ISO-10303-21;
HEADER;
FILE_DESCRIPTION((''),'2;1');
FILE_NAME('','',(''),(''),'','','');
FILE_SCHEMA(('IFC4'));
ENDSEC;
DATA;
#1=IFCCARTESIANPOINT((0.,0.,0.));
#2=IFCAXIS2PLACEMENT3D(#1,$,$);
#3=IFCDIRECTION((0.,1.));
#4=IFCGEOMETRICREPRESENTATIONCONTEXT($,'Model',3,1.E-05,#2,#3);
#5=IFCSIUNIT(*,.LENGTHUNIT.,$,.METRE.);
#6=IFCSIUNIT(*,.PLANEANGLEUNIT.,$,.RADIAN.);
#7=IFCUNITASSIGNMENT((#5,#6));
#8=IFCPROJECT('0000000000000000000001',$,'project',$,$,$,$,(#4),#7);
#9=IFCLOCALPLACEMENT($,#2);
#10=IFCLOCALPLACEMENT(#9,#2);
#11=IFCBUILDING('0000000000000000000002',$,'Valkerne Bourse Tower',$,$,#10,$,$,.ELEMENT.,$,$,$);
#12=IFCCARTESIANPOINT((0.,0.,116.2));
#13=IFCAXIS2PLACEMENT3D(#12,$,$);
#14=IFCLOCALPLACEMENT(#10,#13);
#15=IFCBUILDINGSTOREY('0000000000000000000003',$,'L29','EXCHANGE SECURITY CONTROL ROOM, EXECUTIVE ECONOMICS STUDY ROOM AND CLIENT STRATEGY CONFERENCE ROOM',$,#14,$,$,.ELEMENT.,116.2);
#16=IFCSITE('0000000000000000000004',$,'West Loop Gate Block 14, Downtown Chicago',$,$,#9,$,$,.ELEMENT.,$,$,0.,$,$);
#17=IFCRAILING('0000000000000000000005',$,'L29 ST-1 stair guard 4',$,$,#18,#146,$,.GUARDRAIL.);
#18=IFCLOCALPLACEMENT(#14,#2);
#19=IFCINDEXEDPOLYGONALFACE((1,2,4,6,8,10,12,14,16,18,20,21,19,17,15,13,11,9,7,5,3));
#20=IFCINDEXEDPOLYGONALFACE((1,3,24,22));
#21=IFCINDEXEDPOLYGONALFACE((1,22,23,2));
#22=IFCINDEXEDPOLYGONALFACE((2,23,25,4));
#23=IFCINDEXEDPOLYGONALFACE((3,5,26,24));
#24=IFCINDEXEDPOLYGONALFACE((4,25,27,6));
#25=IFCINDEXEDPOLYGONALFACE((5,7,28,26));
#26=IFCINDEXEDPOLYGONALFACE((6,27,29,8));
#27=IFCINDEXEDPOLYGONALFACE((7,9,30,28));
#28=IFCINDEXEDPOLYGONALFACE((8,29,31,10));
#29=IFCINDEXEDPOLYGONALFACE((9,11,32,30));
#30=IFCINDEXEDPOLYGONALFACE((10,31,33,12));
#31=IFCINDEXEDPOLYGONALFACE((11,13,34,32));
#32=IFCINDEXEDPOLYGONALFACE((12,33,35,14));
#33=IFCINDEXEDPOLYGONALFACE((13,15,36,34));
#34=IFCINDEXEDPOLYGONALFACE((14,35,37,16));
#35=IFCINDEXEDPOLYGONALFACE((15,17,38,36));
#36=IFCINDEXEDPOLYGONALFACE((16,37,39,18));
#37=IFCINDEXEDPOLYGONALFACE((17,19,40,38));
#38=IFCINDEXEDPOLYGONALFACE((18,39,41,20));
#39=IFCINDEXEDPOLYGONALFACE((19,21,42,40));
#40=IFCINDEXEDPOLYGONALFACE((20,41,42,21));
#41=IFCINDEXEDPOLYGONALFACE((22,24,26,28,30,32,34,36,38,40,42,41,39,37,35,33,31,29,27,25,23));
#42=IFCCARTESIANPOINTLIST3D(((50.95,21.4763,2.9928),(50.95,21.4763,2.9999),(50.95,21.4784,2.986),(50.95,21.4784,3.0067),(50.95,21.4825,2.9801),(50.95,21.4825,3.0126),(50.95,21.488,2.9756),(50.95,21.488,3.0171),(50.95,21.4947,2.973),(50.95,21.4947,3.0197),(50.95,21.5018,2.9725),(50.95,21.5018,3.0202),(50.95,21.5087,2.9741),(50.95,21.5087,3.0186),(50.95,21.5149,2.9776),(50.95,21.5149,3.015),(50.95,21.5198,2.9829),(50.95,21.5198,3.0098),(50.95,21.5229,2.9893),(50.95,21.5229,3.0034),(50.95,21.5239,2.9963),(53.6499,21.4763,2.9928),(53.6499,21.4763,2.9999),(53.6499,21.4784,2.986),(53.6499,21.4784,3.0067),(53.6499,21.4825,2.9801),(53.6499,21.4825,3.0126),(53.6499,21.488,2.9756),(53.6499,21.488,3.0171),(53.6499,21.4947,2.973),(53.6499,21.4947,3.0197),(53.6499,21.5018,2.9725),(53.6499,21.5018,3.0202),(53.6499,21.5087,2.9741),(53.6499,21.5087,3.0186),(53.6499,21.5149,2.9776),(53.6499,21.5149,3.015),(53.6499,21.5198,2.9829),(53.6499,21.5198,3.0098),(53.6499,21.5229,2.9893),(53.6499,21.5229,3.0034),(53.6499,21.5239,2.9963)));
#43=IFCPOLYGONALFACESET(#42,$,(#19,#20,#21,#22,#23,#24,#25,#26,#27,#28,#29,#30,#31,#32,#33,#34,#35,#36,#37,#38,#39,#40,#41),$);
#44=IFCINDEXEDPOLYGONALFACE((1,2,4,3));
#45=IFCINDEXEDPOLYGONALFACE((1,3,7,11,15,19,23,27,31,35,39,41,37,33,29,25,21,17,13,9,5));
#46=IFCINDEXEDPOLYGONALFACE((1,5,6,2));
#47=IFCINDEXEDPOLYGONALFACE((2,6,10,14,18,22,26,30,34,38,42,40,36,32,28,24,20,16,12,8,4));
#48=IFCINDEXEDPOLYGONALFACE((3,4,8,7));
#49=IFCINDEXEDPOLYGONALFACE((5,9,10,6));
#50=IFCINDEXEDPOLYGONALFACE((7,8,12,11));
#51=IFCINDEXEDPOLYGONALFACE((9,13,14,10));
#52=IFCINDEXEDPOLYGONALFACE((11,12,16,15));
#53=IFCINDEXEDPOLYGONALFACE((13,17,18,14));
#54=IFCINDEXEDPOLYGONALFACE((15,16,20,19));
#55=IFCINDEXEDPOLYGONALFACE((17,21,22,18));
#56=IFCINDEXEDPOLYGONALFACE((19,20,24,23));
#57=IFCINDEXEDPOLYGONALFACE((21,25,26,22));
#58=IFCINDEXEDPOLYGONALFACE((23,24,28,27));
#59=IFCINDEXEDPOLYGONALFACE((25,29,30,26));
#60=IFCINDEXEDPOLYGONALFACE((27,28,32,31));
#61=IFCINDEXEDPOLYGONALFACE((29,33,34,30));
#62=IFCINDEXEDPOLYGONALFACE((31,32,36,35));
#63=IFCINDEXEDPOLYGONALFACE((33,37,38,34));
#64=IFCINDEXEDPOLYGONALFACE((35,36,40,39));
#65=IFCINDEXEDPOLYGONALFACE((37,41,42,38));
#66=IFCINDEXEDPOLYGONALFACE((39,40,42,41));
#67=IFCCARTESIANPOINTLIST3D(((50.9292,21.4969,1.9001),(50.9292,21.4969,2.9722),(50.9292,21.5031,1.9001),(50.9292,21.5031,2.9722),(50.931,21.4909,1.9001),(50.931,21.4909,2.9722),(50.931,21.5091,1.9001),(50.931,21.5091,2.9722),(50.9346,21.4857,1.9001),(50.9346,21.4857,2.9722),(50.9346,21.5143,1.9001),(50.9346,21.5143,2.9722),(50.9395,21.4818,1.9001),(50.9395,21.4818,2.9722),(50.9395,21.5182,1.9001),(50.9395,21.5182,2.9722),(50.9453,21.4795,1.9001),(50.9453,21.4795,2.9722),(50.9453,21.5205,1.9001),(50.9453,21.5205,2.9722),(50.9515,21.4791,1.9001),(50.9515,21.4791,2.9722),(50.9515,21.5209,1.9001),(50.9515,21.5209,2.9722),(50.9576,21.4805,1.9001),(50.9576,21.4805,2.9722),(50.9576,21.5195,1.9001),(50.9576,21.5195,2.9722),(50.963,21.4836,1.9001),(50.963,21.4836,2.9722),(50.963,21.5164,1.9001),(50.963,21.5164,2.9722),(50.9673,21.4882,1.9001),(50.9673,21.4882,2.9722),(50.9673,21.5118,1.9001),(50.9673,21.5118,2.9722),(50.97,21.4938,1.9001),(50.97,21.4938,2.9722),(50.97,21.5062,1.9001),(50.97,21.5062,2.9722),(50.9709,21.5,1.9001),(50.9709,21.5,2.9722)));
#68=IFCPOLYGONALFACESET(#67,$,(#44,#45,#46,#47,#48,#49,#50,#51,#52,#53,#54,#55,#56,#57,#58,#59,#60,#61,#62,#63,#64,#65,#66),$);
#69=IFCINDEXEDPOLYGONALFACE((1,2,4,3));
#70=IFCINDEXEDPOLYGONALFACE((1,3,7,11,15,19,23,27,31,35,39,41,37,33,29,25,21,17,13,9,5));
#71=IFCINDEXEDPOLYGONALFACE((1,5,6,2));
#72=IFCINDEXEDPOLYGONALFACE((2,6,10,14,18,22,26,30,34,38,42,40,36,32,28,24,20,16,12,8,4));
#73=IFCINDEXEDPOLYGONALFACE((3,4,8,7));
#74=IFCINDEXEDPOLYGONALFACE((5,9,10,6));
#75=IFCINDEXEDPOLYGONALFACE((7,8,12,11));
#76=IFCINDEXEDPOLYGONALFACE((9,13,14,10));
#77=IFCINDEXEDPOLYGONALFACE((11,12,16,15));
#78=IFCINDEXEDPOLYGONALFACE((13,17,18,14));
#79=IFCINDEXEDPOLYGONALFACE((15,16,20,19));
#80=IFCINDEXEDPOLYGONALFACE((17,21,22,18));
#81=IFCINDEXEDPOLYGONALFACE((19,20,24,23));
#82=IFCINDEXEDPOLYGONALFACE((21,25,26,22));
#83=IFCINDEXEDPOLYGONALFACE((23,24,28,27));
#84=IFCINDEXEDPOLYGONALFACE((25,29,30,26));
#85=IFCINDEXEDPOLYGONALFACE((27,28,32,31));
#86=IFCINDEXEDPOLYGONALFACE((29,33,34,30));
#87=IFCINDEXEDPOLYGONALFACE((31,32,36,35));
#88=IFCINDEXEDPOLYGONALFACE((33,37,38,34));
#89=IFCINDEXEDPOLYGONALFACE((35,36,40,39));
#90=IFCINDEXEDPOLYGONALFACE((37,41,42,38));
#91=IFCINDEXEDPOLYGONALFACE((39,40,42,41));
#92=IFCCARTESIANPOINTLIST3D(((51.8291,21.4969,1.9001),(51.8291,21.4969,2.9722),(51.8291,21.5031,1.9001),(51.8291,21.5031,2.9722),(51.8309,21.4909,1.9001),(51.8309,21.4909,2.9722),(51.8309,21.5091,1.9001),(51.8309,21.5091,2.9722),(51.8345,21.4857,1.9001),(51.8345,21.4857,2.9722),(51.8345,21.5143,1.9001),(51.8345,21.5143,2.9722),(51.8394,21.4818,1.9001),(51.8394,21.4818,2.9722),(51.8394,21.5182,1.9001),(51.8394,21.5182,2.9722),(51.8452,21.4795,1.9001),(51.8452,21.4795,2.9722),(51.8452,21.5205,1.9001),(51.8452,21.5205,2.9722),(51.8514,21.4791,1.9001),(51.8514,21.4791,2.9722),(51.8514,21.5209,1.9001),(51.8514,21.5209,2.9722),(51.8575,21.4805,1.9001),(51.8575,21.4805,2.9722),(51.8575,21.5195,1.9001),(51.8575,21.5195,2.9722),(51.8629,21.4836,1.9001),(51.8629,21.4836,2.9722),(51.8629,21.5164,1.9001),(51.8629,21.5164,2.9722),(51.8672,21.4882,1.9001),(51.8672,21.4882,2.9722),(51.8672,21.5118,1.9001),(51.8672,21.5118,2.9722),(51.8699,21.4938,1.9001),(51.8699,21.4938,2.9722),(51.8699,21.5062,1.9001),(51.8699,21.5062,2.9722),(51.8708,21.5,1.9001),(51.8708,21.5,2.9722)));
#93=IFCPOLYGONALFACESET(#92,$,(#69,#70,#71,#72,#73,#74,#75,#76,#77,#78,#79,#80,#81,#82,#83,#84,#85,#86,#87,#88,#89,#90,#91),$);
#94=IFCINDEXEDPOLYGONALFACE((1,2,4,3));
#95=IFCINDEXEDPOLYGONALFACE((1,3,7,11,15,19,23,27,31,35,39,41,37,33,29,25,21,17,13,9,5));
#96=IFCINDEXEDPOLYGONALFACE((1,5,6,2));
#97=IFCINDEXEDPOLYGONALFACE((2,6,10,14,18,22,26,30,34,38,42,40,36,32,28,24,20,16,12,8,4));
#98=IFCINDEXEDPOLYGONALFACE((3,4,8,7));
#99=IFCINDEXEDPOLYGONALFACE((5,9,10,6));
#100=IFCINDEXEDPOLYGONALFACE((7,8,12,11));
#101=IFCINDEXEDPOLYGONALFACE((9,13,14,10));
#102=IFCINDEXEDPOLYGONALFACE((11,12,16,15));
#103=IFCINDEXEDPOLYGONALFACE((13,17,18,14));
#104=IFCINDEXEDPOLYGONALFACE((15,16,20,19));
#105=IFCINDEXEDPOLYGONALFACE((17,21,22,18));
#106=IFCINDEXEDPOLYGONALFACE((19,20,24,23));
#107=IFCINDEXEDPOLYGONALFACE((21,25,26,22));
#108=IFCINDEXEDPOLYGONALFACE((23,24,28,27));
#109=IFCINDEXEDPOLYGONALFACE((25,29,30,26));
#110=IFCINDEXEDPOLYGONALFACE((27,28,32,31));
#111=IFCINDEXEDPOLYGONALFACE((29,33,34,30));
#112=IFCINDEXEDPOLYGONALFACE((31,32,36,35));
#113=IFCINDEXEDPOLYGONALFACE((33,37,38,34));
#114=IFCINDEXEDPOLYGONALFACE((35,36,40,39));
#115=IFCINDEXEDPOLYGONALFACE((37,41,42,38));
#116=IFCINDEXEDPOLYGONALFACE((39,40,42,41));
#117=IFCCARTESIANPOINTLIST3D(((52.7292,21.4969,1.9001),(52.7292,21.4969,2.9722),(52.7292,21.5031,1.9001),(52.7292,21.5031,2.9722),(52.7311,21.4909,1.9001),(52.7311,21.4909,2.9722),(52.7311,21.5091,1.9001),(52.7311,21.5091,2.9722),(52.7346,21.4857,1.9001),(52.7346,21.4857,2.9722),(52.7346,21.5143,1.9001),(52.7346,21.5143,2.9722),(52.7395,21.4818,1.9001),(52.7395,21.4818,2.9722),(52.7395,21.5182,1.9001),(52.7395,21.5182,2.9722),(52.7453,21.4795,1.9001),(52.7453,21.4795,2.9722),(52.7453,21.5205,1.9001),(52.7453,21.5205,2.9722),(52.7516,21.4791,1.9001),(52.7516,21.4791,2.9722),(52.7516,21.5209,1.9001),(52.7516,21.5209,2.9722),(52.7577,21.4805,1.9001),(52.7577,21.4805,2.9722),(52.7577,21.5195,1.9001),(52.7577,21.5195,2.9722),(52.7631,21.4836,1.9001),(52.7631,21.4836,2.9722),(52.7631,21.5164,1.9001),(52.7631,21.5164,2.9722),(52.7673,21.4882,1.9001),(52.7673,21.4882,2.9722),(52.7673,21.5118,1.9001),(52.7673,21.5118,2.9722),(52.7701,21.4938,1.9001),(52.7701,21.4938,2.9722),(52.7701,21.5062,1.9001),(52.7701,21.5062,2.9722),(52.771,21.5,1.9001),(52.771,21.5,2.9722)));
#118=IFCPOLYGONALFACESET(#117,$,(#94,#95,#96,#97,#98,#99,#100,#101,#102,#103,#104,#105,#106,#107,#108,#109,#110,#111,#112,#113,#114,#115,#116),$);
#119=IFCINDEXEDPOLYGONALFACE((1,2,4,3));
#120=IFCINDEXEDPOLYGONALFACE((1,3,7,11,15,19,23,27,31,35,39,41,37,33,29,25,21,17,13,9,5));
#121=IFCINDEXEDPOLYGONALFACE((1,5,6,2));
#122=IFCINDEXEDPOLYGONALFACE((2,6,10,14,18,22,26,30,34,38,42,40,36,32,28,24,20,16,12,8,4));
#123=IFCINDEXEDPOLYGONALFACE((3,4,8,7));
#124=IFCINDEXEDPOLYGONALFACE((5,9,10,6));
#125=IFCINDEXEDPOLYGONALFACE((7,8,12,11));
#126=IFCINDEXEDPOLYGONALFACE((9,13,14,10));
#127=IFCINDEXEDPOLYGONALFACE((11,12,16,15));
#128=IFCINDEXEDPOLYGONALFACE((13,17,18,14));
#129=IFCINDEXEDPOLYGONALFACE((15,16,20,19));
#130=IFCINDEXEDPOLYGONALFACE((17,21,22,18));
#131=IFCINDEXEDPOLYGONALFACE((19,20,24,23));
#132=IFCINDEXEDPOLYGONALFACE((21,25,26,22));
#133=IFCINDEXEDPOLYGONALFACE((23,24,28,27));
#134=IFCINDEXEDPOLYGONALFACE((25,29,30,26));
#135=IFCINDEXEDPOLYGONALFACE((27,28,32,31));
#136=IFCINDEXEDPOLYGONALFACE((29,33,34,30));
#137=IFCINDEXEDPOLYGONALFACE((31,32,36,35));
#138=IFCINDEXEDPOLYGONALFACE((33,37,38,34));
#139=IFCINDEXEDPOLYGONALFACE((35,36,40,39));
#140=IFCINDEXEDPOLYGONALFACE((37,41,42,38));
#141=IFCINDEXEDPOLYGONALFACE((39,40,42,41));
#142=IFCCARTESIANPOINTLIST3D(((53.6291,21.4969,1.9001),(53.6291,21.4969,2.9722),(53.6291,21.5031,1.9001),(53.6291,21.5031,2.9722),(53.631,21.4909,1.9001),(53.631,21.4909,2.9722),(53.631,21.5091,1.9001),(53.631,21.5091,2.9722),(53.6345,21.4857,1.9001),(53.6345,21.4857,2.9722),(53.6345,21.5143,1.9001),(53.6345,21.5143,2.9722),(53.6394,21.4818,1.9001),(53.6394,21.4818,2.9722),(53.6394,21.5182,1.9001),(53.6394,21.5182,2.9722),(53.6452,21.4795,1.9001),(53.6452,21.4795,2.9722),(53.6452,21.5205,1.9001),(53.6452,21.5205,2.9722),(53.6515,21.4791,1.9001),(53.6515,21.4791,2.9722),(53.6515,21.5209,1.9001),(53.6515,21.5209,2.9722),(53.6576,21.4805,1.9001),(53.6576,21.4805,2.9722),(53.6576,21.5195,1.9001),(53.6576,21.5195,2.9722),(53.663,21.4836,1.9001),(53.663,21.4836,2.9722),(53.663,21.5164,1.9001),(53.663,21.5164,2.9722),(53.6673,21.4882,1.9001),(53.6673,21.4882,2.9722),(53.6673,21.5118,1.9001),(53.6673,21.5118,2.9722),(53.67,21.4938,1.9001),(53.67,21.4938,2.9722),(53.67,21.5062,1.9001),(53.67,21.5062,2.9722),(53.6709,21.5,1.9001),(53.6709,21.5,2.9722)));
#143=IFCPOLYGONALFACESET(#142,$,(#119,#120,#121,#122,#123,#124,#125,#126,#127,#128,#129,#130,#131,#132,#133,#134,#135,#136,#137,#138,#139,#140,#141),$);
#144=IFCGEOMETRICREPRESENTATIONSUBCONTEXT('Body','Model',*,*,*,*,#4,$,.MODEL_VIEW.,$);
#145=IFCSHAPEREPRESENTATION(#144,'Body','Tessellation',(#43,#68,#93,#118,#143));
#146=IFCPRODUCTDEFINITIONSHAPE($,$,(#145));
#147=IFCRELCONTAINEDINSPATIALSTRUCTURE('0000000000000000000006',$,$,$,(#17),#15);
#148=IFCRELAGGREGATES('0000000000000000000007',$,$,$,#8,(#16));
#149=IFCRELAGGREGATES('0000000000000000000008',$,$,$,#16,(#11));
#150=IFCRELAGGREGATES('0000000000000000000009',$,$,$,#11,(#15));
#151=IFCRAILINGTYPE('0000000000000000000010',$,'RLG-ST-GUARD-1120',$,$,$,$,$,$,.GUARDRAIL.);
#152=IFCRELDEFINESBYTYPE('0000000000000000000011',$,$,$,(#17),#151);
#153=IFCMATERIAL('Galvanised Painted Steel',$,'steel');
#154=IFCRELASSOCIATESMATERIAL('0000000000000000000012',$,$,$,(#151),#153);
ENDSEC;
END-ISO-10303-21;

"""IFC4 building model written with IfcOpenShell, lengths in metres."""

from ifc_helpers import new_model, si_unit, direction, frame, origin, origin_2d, place, context, subcontext, project, spatial, circle, extrude, material, type_object, element, save


model = new_model("IFC4")

# Units and contexts
model_context = context("Model", 3, precision=1e-05, world=origin(), true_north=direction((0.0, 1.0)))
body_context = subcontext(model_context, "Body", "Model", "MODEL_VIEW")
ifc_project = project(units=[si_unit("LENGTHUNIT", "METRE"), si_unit("PLANEANGLEUNIT", "RADIAN")], contexts=[model_context])

# Site, building, storey
site_placement = place(None, origin())
site = spatial("IfcSite", under=ifc_project, at=site_placement, Name="West Loop Gate Block 14, Downtown Chicago", CompositionType="ELEMENT", RefElevation=0.0)
building_placement = place(site_placement, origin())
building = spatial("IfcBuilding", under=site, at=building_placement, Name="Valkerne Bourse Tower", CompositionType="ELEMENT")
storey_placement = place(building_placement, frame((0.0, 0.0, 116.2)))
storey = spatial("IfcBuildingStorey", under=building, at=storey_placement, Name="L29", Description="EXCHANGE SECURITY CONTROL ROOM, EXECUTIVE ECONOMICS STUDY ROOM AND CLIENT STRATEGY CONFERENCE ROOM", CompositionType="ELEMENT", Elevation=116.2)

# Shared definitions
ifc_material_1 = material(Name="Galvanised Painted Steel", Category="steel")

# Railing
railing_type_1 = type_object("IfcRailingType", Name="RLG-ST-GUARD-1120", PredefinedType="GUARDRAIL", material=ifc_material_1)
for number, where, name in (
    (1, (50.95, 21.5, 1.9001), "L29 ST-1 stair guard 4"),
):
    element("IfcRailing", number, at=place(storey_placement, frame(where)), inside=storey, type_object=railing_type_1, Name=name, PredefinedType="GUARDRAIL", context=body_context, shape_type="SweptSolid", body=[
        extrude(circle(Radius=0.0239, at=origin_2d()), frame((0.0, 0.0, 1.0962), z_axis=(1.0, 0.0, 0.0), x_axis=(0.0, 1.0, 0.0)), (0.0, 0.0, 1.0), 2.7),
        extrude(circle(Radius=0.021, at=origin_2d()), origin(), (0.0, 0.0, 1.0), 1.072),
        extrude(circle(Radius=0.021, at=origin_2d()), frame((0.8999, 0.0, 0.0)), (0.0, 0.0, 1.0), 1.072),
        extrude(circle(Radius=0.021, at=origin_2d()), frame((1.8, 0.0, 0.0)), (0.0, 0.0, 1.0), 1.072),
        extrude(circle(Radius=0.021, at=origin_2d()), frame((2.7, 0.0, 0.0)), (0.0, 0.0, 1.0), 1.072),
    ])

save(model, "model.ifc")
